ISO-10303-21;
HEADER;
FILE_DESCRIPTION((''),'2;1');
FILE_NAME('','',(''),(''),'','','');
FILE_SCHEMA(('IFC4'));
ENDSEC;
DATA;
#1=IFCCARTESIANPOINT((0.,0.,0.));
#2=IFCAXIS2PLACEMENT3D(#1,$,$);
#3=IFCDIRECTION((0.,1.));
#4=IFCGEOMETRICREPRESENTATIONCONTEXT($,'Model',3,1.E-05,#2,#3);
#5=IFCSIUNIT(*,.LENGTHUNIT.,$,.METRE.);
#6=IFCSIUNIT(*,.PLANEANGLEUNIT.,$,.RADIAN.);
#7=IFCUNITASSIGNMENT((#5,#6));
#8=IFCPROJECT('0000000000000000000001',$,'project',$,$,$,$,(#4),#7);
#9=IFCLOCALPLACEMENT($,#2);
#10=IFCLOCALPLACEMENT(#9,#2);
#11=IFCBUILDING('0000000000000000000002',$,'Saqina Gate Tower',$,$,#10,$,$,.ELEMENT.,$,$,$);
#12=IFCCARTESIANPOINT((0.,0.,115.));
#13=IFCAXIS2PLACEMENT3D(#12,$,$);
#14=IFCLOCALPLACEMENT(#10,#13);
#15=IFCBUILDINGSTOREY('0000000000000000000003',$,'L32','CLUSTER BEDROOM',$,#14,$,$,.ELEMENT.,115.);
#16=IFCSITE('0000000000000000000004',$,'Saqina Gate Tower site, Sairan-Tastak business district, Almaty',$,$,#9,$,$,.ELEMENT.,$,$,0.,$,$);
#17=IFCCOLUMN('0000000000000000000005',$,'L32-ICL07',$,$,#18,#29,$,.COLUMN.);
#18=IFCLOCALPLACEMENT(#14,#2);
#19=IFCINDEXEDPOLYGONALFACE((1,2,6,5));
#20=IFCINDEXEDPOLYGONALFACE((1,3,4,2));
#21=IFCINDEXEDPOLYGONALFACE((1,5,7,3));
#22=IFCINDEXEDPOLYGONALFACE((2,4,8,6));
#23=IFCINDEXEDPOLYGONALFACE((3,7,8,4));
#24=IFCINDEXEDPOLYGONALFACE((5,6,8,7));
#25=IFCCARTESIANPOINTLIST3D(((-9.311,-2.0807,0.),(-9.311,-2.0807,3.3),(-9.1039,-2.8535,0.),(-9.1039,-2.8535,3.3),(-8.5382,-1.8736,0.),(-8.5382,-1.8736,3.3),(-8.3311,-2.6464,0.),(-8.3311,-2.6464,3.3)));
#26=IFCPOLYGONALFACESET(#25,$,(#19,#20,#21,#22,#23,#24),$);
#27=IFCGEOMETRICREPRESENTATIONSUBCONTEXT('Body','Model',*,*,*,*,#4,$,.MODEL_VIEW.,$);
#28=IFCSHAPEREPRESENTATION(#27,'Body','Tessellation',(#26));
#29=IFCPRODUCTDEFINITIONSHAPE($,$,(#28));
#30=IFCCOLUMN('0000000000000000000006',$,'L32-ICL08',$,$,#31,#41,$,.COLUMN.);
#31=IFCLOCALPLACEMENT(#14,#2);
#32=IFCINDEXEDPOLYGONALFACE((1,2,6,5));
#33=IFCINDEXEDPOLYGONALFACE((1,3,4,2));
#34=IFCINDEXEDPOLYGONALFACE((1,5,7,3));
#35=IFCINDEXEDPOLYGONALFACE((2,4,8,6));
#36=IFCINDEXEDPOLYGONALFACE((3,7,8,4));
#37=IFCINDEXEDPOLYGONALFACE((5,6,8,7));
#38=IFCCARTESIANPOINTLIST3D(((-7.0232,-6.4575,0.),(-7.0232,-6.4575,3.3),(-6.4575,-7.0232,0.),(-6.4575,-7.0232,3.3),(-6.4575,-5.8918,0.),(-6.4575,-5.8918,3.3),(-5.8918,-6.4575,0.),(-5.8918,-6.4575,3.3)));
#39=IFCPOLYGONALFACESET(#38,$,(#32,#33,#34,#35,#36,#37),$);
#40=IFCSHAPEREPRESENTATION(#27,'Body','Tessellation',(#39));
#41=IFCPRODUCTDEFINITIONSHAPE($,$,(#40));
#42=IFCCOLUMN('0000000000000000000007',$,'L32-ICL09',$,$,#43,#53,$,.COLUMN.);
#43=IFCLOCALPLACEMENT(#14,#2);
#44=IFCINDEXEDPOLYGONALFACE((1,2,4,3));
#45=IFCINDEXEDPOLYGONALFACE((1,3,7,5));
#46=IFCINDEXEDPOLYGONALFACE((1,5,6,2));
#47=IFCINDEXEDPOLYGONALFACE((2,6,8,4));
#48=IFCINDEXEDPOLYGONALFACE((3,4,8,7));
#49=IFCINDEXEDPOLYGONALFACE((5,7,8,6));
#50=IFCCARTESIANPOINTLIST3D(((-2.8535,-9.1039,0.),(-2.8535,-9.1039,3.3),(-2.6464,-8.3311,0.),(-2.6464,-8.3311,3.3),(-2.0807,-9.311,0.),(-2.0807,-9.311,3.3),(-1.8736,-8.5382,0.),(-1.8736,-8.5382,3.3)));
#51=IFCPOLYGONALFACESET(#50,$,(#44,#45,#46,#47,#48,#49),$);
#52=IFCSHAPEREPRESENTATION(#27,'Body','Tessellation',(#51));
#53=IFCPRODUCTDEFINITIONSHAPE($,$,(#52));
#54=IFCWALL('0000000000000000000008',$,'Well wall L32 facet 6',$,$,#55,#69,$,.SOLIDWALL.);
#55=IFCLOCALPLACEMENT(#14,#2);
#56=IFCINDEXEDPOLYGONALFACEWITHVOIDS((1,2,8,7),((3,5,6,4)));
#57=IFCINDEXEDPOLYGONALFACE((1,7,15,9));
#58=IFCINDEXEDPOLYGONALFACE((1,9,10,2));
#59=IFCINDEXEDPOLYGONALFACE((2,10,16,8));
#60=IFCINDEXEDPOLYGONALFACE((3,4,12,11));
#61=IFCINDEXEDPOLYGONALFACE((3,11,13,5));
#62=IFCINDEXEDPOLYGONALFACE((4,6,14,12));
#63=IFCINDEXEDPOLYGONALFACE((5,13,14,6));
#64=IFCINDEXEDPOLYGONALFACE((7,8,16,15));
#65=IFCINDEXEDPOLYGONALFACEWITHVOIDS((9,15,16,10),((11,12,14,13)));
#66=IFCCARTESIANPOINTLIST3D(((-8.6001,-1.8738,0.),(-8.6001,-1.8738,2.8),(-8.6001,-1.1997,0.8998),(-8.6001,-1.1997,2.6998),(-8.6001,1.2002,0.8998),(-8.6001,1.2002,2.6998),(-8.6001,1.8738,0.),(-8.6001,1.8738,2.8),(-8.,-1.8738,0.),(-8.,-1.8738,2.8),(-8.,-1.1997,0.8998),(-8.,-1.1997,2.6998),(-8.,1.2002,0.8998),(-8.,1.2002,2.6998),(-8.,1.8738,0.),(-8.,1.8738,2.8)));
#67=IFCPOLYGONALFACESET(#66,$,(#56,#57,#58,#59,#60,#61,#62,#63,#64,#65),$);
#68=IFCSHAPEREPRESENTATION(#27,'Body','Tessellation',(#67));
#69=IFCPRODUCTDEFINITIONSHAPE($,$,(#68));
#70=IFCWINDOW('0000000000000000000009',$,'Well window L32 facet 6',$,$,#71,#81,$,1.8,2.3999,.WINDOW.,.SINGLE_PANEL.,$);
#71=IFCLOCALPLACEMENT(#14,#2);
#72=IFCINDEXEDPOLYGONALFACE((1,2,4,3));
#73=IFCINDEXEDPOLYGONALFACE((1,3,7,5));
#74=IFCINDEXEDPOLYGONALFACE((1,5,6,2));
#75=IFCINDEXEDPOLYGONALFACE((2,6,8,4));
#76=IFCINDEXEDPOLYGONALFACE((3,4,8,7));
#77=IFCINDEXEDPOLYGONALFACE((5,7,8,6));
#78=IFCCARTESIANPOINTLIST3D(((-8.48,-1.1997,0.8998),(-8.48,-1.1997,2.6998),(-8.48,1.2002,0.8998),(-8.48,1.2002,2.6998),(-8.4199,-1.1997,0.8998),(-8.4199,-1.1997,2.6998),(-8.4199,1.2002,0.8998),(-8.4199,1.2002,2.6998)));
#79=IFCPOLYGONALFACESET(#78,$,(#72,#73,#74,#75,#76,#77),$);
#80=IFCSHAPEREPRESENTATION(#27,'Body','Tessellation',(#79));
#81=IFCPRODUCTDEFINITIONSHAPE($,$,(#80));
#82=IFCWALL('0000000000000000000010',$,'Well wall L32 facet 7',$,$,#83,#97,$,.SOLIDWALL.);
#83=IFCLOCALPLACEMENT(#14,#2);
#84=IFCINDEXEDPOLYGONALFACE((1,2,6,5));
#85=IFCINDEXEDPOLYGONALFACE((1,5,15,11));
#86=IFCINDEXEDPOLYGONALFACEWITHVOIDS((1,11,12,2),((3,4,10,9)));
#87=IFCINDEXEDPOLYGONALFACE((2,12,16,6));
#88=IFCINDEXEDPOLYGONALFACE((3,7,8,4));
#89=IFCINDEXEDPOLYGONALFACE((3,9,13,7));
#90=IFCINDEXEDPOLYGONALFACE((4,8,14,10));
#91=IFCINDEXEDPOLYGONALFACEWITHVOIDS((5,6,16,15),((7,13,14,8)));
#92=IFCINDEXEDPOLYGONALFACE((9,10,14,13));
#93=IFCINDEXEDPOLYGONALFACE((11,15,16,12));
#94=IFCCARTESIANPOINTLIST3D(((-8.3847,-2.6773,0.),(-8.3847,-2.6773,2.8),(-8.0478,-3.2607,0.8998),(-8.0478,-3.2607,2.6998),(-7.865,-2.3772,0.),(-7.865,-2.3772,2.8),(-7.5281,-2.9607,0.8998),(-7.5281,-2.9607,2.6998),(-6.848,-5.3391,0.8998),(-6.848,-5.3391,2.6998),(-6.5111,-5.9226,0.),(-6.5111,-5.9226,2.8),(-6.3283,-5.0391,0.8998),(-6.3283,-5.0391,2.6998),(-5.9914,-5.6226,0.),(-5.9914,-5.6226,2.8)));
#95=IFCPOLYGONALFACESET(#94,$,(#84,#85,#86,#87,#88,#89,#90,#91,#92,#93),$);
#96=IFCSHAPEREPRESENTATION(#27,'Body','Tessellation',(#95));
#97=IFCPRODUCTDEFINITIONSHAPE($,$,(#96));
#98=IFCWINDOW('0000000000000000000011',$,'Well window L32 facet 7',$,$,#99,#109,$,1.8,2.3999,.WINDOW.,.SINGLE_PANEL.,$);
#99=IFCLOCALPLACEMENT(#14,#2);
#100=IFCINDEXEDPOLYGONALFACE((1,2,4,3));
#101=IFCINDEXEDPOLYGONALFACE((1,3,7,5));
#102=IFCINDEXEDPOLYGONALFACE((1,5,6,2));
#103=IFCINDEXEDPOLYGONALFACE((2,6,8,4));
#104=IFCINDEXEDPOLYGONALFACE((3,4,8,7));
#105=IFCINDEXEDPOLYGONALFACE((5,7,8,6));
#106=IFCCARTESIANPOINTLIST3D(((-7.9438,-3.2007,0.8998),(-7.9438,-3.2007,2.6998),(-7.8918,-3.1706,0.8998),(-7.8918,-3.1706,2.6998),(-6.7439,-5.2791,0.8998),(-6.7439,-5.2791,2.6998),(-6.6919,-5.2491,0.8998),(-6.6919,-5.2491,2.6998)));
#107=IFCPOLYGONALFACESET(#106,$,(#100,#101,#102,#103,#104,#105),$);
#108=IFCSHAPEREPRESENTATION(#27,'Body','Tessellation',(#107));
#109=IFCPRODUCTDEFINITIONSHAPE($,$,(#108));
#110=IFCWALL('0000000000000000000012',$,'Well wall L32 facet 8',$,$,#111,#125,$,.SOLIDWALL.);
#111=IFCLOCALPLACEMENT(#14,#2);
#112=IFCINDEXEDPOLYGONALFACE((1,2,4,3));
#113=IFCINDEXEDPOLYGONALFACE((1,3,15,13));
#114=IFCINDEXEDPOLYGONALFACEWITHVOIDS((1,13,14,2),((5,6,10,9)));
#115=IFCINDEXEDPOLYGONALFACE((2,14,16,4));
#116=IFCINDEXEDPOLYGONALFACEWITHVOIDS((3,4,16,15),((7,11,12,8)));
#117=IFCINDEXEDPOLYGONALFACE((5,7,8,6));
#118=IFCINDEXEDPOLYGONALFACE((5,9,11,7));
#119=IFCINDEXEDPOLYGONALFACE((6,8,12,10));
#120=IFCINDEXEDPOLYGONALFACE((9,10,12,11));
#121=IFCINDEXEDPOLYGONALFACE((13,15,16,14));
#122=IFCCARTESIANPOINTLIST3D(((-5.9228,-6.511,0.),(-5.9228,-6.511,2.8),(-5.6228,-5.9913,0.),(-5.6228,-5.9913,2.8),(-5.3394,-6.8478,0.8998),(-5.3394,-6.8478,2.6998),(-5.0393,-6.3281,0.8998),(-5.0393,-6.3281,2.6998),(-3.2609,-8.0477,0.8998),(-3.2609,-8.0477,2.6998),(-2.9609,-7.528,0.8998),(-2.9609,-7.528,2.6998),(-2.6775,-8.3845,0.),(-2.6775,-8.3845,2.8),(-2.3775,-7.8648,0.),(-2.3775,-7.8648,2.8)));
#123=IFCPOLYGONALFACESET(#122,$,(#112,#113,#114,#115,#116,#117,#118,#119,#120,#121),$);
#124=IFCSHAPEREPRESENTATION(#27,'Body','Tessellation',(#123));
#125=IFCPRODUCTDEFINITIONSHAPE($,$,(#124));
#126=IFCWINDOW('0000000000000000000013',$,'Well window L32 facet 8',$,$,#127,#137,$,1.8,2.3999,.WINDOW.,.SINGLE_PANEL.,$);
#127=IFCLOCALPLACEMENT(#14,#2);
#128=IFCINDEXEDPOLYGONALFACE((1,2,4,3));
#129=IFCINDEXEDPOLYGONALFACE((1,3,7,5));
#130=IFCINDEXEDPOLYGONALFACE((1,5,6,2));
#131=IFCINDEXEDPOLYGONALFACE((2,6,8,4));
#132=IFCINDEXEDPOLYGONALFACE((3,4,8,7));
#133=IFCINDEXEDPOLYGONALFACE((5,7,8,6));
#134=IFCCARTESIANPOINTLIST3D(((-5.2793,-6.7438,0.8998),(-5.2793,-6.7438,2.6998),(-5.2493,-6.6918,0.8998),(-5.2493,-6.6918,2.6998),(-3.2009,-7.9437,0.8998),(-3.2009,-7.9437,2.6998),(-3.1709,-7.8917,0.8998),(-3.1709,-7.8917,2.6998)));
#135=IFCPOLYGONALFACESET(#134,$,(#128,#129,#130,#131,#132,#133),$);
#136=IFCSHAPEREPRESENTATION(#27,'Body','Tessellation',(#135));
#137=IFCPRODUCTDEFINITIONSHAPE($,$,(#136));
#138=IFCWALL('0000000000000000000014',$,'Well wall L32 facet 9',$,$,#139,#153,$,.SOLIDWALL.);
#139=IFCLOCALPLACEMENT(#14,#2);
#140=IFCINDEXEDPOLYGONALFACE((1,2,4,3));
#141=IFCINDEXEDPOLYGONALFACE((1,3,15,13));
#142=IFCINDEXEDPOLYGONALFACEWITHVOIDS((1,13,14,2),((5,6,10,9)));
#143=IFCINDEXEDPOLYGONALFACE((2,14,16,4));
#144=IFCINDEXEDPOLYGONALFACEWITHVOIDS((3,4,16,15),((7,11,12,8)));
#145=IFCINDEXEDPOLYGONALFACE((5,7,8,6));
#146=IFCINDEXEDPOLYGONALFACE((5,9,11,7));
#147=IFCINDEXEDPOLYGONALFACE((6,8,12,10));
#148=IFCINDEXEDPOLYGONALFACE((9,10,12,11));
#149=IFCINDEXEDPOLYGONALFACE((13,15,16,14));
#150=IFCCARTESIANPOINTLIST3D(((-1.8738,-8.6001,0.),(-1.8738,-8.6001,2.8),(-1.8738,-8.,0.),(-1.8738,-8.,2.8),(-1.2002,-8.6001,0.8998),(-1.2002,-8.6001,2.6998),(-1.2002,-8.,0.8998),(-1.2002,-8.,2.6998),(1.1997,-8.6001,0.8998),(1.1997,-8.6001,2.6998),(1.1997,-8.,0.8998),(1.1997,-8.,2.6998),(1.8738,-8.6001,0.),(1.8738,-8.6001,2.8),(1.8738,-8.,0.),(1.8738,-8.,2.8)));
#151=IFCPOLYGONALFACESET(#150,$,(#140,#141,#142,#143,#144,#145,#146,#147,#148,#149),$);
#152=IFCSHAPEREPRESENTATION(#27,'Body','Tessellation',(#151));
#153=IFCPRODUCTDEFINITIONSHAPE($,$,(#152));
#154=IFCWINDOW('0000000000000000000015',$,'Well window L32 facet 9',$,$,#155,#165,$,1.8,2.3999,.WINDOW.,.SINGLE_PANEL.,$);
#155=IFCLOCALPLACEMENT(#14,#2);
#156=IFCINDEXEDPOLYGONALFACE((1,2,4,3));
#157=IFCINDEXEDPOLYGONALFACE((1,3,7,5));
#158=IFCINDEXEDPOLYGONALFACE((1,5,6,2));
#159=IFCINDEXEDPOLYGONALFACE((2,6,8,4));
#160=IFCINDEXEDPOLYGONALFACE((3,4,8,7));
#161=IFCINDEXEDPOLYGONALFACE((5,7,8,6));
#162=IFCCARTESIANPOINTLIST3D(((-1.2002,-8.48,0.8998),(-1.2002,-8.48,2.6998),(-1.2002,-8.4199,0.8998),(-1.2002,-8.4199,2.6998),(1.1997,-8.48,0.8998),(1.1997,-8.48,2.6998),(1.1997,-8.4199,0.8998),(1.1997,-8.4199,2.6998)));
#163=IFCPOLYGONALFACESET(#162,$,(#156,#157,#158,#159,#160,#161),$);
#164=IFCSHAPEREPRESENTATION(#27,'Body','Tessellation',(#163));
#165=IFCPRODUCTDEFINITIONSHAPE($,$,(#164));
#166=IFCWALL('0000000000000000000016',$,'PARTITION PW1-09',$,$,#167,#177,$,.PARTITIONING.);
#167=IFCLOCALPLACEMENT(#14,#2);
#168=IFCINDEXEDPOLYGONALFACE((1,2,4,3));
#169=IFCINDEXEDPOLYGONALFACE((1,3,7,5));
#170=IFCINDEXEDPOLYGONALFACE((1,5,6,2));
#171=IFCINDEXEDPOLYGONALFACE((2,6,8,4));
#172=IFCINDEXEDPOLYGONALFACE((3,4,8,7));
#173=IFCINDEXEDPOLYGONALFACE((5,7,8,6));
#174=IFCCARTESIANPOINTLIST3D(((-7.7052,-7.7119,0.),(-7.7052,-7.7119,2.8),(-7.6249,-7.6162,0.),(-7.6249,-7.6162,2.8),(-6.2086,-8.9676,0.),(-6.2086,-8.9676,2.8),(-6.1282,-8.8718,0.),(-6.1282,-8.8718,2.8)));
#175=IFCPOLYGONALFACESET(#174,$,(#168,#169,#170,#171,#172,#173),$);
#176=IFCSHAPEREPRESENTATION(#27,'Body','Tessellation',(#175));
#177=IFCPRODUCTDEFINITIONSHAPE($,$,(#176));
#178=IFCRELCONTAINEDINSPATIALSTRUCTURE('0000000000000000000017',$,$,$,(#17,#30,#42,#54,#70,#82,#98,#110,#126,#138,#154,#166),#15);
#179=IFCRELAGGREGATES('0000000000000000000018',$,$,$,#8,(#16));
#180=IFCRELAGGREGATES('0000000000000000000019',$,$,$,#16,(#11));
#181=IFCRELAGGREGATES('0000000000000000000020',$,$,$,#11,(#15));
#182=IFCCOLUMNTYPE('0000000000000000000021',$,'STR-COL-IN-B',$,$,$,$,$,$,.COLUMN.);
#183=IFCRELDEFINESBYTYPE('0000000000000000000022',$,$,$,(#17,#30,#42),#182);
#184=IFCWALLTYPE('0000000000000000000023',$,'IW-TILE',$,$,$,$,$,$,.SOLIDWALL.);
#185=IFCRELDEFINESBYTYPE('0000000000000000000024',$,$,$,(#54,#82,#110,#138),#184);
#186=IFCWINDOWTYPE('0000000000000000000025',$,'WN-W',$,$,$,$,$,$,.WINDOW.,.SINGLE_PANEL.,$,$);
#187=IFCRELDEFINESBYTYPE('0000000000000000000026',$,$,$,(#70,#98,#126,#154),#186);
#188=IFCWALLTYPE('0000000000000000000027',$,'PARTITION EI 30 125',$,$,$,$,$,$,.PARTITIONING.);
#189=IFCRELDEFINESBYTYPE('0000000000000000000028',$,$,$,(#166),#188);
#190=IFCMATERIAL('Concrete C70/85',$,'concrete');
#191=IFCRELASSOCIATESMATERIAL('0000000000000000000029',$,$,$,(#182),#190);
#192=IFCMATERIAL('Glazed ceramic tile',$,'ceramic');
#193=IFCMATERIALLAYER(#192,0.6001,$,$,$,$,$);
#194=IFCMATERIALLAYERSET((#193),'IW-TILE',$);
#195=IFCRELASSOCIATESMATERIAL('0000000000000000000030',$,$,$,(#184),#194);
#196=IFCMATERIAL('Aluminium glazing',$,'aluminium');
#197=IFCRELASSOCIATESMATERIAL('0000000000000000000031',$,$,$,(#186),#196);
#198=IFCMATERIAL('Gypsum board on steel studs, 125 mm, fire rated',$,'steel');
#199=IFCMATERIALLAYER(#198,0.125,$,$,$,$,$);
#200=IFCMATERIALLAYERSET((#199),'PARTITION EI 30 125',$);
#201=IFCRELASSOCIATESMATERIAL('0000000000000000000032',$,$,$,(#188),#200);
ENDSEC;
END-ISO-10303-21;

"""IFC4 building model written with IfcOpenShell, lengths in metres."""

from ifc_helpers import new_model, si_unit, direction, frame, frame_2d, origin, origin_2d, place, context, subcontext, project, spatial, rectangle, extrude, material, layer, layer_set, material_profile, profile_set, type_object, element, fill, save


model = new_model("IFC4")

# Units and contexts
model_context = context("Model", 3, precision=1e-05, world=origin(), true_north=direction((0.0, 1.0)))
body_context = subcontext(model_context, "Body", "Model", "MODEL_VIEW")
ifc_project = project(units=[si_unit("LENGTHUNIT", "METRE"), si_unit("PLANEANGLEUNIT", "RADIAN")], contexts=[model_context])

# Site, building, storey
site_placement = place(None, origin())
site = spatial("IfcSite", under=ifc_project, at=site_placement, Name="Saqina Gate Tower site, Sairan-Tastak business district, Almaty", CompositionType="ELEMENT", RefElevation=0.0)
building_placement = place(site_placement, origin())
building = spatial("IfcBuilding", under=site, at=building_placement, Name="Saqina Gate Tower", CompositionType="ELEMENT")
storey_placement = place(building_placement, frame((0.0, 0.0, 115.0)))
storey = spatial("IfcBuildingStorey", under=building, at=storey_placement, Name="L32", Description="CLUSTER BEDROOM", CompositionType="ELEMENT", Elevation=115.0)

# Columns
ifc_material_1 = material(Name="Concrete C70/85", Category="concrete")
ifc_material_profile = material_profile(ifc_material_1, rectangle(XDim=0.8, YDim=0.8, at=origin_2d()), Name="RC 800x800")
ifc_profile_set = profile_set([ifc_material_profile], Name="Concrete C70/85")
column_type = type_object("IfcColumnType", Name="STR-COL-IN-B", PredefinedType="COLUMN", material=ifc_profile_set)
for number, where, z_axis, x_axis, name in (
    (1, (-8.821, -2.3635, 0.0), (0.0, 0.0, 1.0), (-0.965926, -0.258819, 0.0), "L32-ICL07"),
    (2, (-6.4575, -6.4575, 0.0), (0.0, 0.0, 1.0), (-0.707107, -0.707107, 0.0), "L32-ICL08"),
    (3, (-2.3635, -8.821, 0.0), (0.0, 0.0, 1.0), (-0.258819, -0.965926, 0.0), "L32-ICL09"),
):
    element("IfcColumn", number, at=place(storey_placement, frame(where, z_axis=z_axis, x_axis=x_axis)), inside=storey, type_object=column_type, Name=name, PredefinedType="COLUMN", context=body_context, shape_type="SweptSolid", body=[
        extrude(rectangle(XDim=0.8, YDim=0.8, at=origin_2d()), origin(), (0.0, 0.0, 1.0), 3.3),
    ])

# Walls, openings, windows
ifc_material_2 = material(Name="Glazed ceramic tile", Category="ceramic")
ifc_layer_1 = layer(ifc_material_2, 0.6001)
ifc_layer_set_1 = layer_set([ifc_layer_1], Name="IW-TILE")
wall_type_1 = type_object("IfcWallType", Name="IW-TILE", PredefinedType="SOLIDWALL", material=ifc_layer_set_1)
wall_1_placement = place(storey_placement, frame((-8.3, 1.8738, 0.0), z_axis=(0.0, 0.0, 1.0), x_axis=(0.0, -1.0, 0.0)))
wall_1 = element("IfcWall", 4, at=wall_1_placement, inside=storey, type_object=wall_type_1, Name="Well wall L32 facet 6", PredefinedType="SOLIDWALL", context=body_context, shape_type="SweptSolid", body=[
    extrude(rectangle(XDim=3.7476, YDim=0.6001, at=frame_2d((1.8738, 0.0))), origin(), (0.0, 0.0, 1.0), 2.8),
])
opening_1_placement = place(wall_1_placement, frame((0.6736, 0.0, 0.8999)))
opening_1 = element("IfcOpeningElement", 5, at=opening_1_placement, cuts=wall_1, PredefinedType="OPENING", context=body_context, shape_type="SweptSolid", body=[
    extrude(rectangle(XDim=2.3999, YDim=1.8, at=frame_2d((1.2, 0.8999))), frame((0.0, 0.312, 0.0), z_axis=(0.0, -1.0, 0.0), x_axis=(1.0, 0.0, 0.0)), (0.0, 0.0, 1.0), 0.624),
])
ifc_material_3 = material(Name="Aluminium glazing", Category="aluminium")
window_type = type_object("IfcWindowType", Name="WN-W", PartitioningType="SINGLE_PANEL", PredefinedType="WINDOW", material=ifc_material_3)
window_1_placement = place(opening_1_placement, origin())
window_1 = element("IfcWindow", 6, at=window_1_placement, inside=storey, type_object=window_type, Name="Well window L32 facet 6", OverallHeight=1.8, OverallWidth=2.3999, PartitioningType="SINGLE_PANEL", PredefinedType="WINDOW", context=body_context, shape_type="SweptSolid", body=[
    extrude(rectangle(XDim=2.3999, YDim=1.8, at=frame_2d((1.2, 0.8999))), frame((0.0, -0.1199, 0.0), z_axis=(0.0, -1.0, 0.0), x_axis=(1.0, 0.0, 0.0)), (0.0, 0.0, 1.0), 0.0601),
])
fill(opening_1, window_1)
wall_2_placement = place(storey_placement, frame((-8.1248, -2.5273, 0.0), z_axis=(0.0, 0.0, 1.0), x_axis=(0.499965, -0.866046, 0.0)))
wall_2 = element("IfcWall", 7, at=wall_2_placement, inside=storey, type_object=wall_type_1, Name="Well wall L32 facet 7", PredefinedType="SOLIDWALL", context=body_context, shape_type="SweptSolid", body=[
    extrude(rectangle(XDim=3.7473, YDim=0.6001, at=frame_2d((1.8735, 0.0))), origin(), (0.0, 0.0, 1.0), 2.8),
])
opening_2_placement = place(wall_2_placement, frame((0.6736, 0.0, 0.8999)))
opening_2 = element("IfcOpeningElement", 8, at=opening_2_placement, cuts=wall_2, PredefinedType="OPENING", context=body_context, shape_type="SweptSolid", body=[
    extrude(rectangle(XDim=2.3999, YDim=1.8, at=frame_2d((1.2, 0.8999))), frame((0.0, 0.312, 0.0), z_axis=(0.0, -1.0, 0.0), x_axis=(1.0, 0.0, 0.0)), (0.0, 0.0, 1.0), 0.624),
])
window_2_placement = place(opening_2_placement, origin())
window_2 = element("IfcWindow", 9, at=window_2_placement, inside=storey, type_object=window_type, Name="Well window L32 facet 7", OverallHeight=1.8, OverallWidth=2.3999, PartitioningType="SINGLE_PANEL", PredefinedType="WINDOW", context=body_context, shape_type="SweptSolid", body=[
    extrude(rectangle(XDim=2.3999, YDim=1.8, at=frame_2d((1.2, 0.8999))), frame((0.0, -0.1199, 0.0), z_axis=(0.0, -1.0, 0.0), x_axis=(1.0, 0.0, 0.0)), (0.0, 0.0, 1.0), 0.0601),
])
fill(opening_2, window_2)
wall_3_placement = place(storey_placement, frame((-5.7727, -6.2512, 0.0), z_axis=(0.0, 0.0, 1.0), x_axis=(0.866046, -0.499965, 0.0)))
wall_3 = element("IfcWall", 10, at=wall_3_placement, inside=storey, type_object=wall_type_1, Name="Well wall L32 facet 8", PredefinedType="SOLIDWALL", context=body_context, shape_type="SweptSolid", body=[
    extrude(rectangle(XDim=3.7473, YDim=0.6001, at=frame_2d((1.8735, 0.0))), origin(), (0.0, 0.0, 1.0), 2.8),
])
opening_3_placement = place(wall_3_placement, frame((0.6736, 0.0, 0.8999)))
opening_3 = element("IfcOpeningElement", 11, at=opening_3_placement, cuts=wall_3, PredefinedType="OPENING", context=body_context, shape_type="SweptSolid", body=[
    extrude(rectangle(XDim=2.3999, YDim=1.8, at=frame_2d((1.2, 0.8999))), frame((0.0, 0.312, 0.0), z_axis=(0.0, -1.0, 0.0), x_axis=(1.0, 0.0, 0.0)), (0.0, 0.0, 1.0), 0.624),
])
window_3_placement = place(opening_3_placement, origin())
window_3 = element("IfcWindow", 12, at=window_3_placement, inside=storey, type_object=window_type, Name="Well window L32 facet 8", OverallHeight=1.8, OverallWidth=2.3999, PartitioningType="SINGLE_PANEL", PredefinedType="WINDOW", context=body_context, shape_type="SweptSolid", body=[
    extrude(rectangle(XDim=2.3999, YDim=1.8, at=frame_2d((1.2, 0.8999))), frame((0.0, -0.1199, 0.0), z_axis=(0.0, -1.0, 0.0), x_axis=(1.0, 0.0, 0.0)), (0.0, 0.0, 1.0), 0.0601),
])
fill(opening_3, window_3)
wall_4_placement = place(storey_placement, frame((-1.8738, -8.3, 0.0), z_axis=(0.0, 0.0, 1.0), x_axis=(1.0, 0.0, 0.0)))
wall_4 = element("IfcWall", 13, at=wall_4_placement, inside=storey, type_object=wall_type_1, Name="Well wall L32 facet 9", PredefinedType="SOLIDWALL", context=body_context, shape_type="SweptSolid", body=[
    extrude(rectangle(XDim=3.7476, YDim=0.6001, at=frame_2d((1.8738, 0.0))), origin(), (0.0, 0.0, 1.0), 2.8),
])
opening_4_placement = place(wall_4_placement, frame((0.6736, 0.0, 0.8999)))
opening_4 = element("IfcOpeningElement", 14, at=opening_4_placement, cuts=wall_4, PredefinedType="OPENING", context=body_context, shape_type="SweptSolid", body=[
    extrude(rectangle(XDim=2.3999, YDim=1.8, at=frame_2d((1.2, 0.8999))), frame((0.0, 0.312, 0.0), z_axis=(0.0, -1.0, 0.0), x_axis=(1.0, 0.0, 0.0)), (0.0, 0.0, 1.0), 0.624),
])
window_4_placement = place(opening_4_placement, origin())
window_4 = element("IfcWindow", 15, at=window_4_placement, inside=storey, type_object=window_type, Name="Well window L32 facet 9", OverallHeight=1.8, OverallWidth=2.3999, PartitioningType="SINGLE_PANEL", PredefinedType="WINDOW", context=body_context, shape_type="SweptSolid", body=[
    extrude(rectangle(XDim=2.3999, YDim=1.8, at=frame_2d((1.2, 0.8999))), frame((0.0, -0.1199, 0.0), z_axis=(0.0, -1.0, 0.0), x_axis=(1.0, 0.0, 0.0)), (0.0, 0.0, 1.0), 0.0601),
])
fill(opening_4, window_4)

# Wall
ifc_material_4 = material(Name="Gypsum board on steel studs, 125 mm, fire rated", Category="steel")
ifc_layer_2 = layer(ifc_material_4, 0.125)
ifc_layer_set_2 = layer_set([ifc_layer_2], Name="PARTITION EI 30 125")
wall_type_2 = type_object("IfcWallType", Name="PARTITION EI 30 125", PredefinedType="PARTITIONING", material=ifc_layer_set_2)
wall_5_placement = place(storey_placement, frame((-7.665, -7.6641, 0.0), z_axis=(0.0, 0.0, 1.0), x_axis=(0.766086, -0.642738, 0.0)))
element("IfcWall", 16, at=wall_5_placement, inside=storey, type_object=wall_type_2, Name="PARTITION PW1-09", PredefinedType="PARTITIONING", context=body_context, shape_type="SweptSolid", body=[
    extrude(rectangle(XDim=1.9536, YDim=0.125, at=frame_2d((0.9768, 0.0))), origin(), (0.0, 0.0, 1.0), 2.8),
])

save(model, "model.ifc")
